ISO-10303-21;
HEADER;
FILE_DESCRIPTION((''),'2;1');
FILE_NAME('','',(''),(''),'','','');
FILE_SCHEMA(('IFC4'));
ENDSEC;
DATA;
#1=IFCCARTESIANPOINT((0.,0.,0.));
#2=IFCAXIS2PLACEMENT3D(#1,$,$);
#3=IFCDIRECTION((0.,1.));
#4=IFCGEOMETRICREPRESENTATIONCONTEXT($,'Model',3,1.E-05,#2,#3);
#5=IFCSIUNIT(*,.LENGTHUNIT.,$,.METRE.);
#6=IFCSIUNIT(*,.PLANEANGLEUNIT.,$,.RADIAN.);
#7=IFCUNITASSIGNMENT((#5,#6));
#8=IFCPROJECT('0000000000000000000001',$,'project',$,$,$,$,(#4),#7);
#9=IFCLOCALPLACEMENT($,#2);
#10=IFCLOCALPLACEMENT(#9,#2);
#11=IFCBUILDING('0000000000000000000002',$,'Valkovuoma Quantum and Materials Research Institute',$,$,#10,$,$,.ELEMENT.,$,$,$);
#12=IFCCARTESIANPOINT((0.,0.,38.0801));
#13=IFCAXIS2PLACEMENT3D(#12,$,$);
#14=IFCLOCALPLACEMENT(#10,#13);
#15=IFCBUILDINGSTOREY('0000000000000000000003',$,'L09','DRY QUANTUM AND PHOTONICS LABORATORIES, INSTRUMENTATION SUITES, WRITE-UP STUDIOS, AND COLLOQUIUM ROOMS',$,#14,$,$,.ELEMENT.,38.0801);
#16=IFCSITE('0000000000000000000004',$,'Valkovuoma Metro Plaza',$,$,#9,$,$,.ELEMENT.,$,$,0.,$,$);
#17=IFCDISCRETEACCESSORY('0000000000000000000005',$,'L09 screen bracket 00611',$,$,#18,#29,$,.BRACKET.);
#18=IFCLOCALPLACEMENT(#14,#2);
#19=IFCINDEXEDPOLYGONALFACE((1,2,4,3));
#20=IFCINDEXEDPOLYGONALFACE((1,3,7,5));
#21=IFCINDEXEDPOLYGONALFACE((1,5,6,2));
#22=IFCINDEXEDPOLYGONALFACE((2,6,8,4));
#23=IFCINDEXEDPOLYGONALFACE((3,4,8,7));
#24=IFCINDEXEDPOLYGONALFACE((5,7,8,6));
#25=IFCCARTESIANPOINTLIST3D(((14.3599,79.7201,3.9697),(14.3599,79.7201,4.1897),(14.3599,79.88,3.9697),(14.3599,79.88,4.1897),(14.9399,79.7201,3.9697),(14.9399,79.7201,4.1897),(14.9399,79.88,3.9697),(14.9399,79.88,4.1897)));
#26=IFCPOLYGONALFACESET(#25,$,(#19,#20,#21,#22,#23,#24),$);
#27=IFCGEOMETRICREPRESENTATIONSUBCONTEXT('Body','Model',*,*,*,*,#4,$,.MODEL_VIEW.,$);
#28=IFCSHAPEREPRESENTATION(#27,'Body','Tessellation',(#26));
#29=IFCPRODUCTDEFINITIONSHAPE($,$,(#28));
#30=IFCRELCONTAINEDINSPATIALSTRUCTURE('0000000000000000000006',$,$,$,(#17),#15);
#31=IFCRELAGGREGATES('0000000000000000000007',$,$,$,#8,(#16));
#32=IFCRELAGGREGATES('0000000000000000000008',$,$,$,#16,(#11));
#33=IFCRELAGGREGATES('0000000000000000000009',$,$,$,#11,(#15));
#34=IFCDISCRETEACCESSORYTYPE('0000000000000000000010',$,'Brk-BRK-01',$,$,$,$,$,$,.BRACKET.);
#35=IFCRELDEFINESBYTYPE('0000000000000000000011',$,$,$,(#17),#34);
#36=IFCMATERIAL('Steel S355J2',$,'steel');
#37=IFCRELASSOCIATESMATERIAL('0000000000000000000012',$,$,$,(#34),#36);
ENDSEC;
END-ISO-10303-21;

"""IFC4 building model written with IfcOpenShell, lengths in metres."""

from ifc_helpers import new_model, si_unit, direction, frame, origin, origin_2d, place, context, subcontext, project, spatial, rectangle, extrude, material, type_object, element, save


model = new_model("IFC4")

# Units and contexts
model_context = context("Model", 3, precision=1e-05, world=origin(), true_north=direction((0.0, 1.0)))
body_context = subcontext(model_context, "Body", "Model", "MODEL_VIEW")
ifc_project = project(units=[si_unit("LENGTHUNIT", "METRE"), si_unit("PLANEANGLEUNIT", "RADIAN")], contexts=[model_context])

# Site, building, storey
site_placement = place(None, origin())
site = spatial("IfcSite", under=ifc_project, at=site_placement, Name="Valkovuoma Metro Plaza", CompositionType="ELEMENT", RefElevation=0.0)
building_placement = place(site_placement, origin())
building = spatial("IfcBuilding", under=site, at=building_placement, Name="Valkovuoma Quantum and Materials Research Institute", CompositionType="ELEMENT")
storey_placement = place(building_placement, frame((0.0, 0.0, 38.0801)))
storey = spatial("IfcBuildingStorey", under=building, at=storey_placement, Name="L09", Description="DRY QUANTUM AND PHOTONICS LABORATORIES, INSTRUMENTATION SUITES, WRITE-UP STUDIOS, AND COLLOQUIUM ROOMS", CompositionType="ELEMENT", Elevation=38.0801)

# Discrete accessory
ifc_material_1 = material(Name="Steel S355J2", Category="steel")
discrete_accessory_type = type_object("IfcDiscreteAccessoryType", Name="Brk-BRK-01", PredefinedType="BRACKET", material=ifc_material_1)
for number, where, z_axis, x_axis, name in (
    (1, (14.6499, 79.8, 3.9697), (0.0, 0.0, 1.0), (1.0, 0.0, 0.0), "L09 screen bracket 00611"),
):
    element("IfcDiscreteAccessory", number, at=place(storey_placement, frame(where, z_axis=z_axis, x_axis=x_axis)), inside=storey, type_object=discrete_accessory_type, Name=name, PredefinedType="BRACKET", context=body_context, shape_type="SweptSolid", body=[
        extrude(rectangle(XDim=0.5801, YDim=0.1599, at=origin_2d()), origin(), (0.0, 0.0, 1.0), 0.22),
    ])

save(model, "model.ifc")
